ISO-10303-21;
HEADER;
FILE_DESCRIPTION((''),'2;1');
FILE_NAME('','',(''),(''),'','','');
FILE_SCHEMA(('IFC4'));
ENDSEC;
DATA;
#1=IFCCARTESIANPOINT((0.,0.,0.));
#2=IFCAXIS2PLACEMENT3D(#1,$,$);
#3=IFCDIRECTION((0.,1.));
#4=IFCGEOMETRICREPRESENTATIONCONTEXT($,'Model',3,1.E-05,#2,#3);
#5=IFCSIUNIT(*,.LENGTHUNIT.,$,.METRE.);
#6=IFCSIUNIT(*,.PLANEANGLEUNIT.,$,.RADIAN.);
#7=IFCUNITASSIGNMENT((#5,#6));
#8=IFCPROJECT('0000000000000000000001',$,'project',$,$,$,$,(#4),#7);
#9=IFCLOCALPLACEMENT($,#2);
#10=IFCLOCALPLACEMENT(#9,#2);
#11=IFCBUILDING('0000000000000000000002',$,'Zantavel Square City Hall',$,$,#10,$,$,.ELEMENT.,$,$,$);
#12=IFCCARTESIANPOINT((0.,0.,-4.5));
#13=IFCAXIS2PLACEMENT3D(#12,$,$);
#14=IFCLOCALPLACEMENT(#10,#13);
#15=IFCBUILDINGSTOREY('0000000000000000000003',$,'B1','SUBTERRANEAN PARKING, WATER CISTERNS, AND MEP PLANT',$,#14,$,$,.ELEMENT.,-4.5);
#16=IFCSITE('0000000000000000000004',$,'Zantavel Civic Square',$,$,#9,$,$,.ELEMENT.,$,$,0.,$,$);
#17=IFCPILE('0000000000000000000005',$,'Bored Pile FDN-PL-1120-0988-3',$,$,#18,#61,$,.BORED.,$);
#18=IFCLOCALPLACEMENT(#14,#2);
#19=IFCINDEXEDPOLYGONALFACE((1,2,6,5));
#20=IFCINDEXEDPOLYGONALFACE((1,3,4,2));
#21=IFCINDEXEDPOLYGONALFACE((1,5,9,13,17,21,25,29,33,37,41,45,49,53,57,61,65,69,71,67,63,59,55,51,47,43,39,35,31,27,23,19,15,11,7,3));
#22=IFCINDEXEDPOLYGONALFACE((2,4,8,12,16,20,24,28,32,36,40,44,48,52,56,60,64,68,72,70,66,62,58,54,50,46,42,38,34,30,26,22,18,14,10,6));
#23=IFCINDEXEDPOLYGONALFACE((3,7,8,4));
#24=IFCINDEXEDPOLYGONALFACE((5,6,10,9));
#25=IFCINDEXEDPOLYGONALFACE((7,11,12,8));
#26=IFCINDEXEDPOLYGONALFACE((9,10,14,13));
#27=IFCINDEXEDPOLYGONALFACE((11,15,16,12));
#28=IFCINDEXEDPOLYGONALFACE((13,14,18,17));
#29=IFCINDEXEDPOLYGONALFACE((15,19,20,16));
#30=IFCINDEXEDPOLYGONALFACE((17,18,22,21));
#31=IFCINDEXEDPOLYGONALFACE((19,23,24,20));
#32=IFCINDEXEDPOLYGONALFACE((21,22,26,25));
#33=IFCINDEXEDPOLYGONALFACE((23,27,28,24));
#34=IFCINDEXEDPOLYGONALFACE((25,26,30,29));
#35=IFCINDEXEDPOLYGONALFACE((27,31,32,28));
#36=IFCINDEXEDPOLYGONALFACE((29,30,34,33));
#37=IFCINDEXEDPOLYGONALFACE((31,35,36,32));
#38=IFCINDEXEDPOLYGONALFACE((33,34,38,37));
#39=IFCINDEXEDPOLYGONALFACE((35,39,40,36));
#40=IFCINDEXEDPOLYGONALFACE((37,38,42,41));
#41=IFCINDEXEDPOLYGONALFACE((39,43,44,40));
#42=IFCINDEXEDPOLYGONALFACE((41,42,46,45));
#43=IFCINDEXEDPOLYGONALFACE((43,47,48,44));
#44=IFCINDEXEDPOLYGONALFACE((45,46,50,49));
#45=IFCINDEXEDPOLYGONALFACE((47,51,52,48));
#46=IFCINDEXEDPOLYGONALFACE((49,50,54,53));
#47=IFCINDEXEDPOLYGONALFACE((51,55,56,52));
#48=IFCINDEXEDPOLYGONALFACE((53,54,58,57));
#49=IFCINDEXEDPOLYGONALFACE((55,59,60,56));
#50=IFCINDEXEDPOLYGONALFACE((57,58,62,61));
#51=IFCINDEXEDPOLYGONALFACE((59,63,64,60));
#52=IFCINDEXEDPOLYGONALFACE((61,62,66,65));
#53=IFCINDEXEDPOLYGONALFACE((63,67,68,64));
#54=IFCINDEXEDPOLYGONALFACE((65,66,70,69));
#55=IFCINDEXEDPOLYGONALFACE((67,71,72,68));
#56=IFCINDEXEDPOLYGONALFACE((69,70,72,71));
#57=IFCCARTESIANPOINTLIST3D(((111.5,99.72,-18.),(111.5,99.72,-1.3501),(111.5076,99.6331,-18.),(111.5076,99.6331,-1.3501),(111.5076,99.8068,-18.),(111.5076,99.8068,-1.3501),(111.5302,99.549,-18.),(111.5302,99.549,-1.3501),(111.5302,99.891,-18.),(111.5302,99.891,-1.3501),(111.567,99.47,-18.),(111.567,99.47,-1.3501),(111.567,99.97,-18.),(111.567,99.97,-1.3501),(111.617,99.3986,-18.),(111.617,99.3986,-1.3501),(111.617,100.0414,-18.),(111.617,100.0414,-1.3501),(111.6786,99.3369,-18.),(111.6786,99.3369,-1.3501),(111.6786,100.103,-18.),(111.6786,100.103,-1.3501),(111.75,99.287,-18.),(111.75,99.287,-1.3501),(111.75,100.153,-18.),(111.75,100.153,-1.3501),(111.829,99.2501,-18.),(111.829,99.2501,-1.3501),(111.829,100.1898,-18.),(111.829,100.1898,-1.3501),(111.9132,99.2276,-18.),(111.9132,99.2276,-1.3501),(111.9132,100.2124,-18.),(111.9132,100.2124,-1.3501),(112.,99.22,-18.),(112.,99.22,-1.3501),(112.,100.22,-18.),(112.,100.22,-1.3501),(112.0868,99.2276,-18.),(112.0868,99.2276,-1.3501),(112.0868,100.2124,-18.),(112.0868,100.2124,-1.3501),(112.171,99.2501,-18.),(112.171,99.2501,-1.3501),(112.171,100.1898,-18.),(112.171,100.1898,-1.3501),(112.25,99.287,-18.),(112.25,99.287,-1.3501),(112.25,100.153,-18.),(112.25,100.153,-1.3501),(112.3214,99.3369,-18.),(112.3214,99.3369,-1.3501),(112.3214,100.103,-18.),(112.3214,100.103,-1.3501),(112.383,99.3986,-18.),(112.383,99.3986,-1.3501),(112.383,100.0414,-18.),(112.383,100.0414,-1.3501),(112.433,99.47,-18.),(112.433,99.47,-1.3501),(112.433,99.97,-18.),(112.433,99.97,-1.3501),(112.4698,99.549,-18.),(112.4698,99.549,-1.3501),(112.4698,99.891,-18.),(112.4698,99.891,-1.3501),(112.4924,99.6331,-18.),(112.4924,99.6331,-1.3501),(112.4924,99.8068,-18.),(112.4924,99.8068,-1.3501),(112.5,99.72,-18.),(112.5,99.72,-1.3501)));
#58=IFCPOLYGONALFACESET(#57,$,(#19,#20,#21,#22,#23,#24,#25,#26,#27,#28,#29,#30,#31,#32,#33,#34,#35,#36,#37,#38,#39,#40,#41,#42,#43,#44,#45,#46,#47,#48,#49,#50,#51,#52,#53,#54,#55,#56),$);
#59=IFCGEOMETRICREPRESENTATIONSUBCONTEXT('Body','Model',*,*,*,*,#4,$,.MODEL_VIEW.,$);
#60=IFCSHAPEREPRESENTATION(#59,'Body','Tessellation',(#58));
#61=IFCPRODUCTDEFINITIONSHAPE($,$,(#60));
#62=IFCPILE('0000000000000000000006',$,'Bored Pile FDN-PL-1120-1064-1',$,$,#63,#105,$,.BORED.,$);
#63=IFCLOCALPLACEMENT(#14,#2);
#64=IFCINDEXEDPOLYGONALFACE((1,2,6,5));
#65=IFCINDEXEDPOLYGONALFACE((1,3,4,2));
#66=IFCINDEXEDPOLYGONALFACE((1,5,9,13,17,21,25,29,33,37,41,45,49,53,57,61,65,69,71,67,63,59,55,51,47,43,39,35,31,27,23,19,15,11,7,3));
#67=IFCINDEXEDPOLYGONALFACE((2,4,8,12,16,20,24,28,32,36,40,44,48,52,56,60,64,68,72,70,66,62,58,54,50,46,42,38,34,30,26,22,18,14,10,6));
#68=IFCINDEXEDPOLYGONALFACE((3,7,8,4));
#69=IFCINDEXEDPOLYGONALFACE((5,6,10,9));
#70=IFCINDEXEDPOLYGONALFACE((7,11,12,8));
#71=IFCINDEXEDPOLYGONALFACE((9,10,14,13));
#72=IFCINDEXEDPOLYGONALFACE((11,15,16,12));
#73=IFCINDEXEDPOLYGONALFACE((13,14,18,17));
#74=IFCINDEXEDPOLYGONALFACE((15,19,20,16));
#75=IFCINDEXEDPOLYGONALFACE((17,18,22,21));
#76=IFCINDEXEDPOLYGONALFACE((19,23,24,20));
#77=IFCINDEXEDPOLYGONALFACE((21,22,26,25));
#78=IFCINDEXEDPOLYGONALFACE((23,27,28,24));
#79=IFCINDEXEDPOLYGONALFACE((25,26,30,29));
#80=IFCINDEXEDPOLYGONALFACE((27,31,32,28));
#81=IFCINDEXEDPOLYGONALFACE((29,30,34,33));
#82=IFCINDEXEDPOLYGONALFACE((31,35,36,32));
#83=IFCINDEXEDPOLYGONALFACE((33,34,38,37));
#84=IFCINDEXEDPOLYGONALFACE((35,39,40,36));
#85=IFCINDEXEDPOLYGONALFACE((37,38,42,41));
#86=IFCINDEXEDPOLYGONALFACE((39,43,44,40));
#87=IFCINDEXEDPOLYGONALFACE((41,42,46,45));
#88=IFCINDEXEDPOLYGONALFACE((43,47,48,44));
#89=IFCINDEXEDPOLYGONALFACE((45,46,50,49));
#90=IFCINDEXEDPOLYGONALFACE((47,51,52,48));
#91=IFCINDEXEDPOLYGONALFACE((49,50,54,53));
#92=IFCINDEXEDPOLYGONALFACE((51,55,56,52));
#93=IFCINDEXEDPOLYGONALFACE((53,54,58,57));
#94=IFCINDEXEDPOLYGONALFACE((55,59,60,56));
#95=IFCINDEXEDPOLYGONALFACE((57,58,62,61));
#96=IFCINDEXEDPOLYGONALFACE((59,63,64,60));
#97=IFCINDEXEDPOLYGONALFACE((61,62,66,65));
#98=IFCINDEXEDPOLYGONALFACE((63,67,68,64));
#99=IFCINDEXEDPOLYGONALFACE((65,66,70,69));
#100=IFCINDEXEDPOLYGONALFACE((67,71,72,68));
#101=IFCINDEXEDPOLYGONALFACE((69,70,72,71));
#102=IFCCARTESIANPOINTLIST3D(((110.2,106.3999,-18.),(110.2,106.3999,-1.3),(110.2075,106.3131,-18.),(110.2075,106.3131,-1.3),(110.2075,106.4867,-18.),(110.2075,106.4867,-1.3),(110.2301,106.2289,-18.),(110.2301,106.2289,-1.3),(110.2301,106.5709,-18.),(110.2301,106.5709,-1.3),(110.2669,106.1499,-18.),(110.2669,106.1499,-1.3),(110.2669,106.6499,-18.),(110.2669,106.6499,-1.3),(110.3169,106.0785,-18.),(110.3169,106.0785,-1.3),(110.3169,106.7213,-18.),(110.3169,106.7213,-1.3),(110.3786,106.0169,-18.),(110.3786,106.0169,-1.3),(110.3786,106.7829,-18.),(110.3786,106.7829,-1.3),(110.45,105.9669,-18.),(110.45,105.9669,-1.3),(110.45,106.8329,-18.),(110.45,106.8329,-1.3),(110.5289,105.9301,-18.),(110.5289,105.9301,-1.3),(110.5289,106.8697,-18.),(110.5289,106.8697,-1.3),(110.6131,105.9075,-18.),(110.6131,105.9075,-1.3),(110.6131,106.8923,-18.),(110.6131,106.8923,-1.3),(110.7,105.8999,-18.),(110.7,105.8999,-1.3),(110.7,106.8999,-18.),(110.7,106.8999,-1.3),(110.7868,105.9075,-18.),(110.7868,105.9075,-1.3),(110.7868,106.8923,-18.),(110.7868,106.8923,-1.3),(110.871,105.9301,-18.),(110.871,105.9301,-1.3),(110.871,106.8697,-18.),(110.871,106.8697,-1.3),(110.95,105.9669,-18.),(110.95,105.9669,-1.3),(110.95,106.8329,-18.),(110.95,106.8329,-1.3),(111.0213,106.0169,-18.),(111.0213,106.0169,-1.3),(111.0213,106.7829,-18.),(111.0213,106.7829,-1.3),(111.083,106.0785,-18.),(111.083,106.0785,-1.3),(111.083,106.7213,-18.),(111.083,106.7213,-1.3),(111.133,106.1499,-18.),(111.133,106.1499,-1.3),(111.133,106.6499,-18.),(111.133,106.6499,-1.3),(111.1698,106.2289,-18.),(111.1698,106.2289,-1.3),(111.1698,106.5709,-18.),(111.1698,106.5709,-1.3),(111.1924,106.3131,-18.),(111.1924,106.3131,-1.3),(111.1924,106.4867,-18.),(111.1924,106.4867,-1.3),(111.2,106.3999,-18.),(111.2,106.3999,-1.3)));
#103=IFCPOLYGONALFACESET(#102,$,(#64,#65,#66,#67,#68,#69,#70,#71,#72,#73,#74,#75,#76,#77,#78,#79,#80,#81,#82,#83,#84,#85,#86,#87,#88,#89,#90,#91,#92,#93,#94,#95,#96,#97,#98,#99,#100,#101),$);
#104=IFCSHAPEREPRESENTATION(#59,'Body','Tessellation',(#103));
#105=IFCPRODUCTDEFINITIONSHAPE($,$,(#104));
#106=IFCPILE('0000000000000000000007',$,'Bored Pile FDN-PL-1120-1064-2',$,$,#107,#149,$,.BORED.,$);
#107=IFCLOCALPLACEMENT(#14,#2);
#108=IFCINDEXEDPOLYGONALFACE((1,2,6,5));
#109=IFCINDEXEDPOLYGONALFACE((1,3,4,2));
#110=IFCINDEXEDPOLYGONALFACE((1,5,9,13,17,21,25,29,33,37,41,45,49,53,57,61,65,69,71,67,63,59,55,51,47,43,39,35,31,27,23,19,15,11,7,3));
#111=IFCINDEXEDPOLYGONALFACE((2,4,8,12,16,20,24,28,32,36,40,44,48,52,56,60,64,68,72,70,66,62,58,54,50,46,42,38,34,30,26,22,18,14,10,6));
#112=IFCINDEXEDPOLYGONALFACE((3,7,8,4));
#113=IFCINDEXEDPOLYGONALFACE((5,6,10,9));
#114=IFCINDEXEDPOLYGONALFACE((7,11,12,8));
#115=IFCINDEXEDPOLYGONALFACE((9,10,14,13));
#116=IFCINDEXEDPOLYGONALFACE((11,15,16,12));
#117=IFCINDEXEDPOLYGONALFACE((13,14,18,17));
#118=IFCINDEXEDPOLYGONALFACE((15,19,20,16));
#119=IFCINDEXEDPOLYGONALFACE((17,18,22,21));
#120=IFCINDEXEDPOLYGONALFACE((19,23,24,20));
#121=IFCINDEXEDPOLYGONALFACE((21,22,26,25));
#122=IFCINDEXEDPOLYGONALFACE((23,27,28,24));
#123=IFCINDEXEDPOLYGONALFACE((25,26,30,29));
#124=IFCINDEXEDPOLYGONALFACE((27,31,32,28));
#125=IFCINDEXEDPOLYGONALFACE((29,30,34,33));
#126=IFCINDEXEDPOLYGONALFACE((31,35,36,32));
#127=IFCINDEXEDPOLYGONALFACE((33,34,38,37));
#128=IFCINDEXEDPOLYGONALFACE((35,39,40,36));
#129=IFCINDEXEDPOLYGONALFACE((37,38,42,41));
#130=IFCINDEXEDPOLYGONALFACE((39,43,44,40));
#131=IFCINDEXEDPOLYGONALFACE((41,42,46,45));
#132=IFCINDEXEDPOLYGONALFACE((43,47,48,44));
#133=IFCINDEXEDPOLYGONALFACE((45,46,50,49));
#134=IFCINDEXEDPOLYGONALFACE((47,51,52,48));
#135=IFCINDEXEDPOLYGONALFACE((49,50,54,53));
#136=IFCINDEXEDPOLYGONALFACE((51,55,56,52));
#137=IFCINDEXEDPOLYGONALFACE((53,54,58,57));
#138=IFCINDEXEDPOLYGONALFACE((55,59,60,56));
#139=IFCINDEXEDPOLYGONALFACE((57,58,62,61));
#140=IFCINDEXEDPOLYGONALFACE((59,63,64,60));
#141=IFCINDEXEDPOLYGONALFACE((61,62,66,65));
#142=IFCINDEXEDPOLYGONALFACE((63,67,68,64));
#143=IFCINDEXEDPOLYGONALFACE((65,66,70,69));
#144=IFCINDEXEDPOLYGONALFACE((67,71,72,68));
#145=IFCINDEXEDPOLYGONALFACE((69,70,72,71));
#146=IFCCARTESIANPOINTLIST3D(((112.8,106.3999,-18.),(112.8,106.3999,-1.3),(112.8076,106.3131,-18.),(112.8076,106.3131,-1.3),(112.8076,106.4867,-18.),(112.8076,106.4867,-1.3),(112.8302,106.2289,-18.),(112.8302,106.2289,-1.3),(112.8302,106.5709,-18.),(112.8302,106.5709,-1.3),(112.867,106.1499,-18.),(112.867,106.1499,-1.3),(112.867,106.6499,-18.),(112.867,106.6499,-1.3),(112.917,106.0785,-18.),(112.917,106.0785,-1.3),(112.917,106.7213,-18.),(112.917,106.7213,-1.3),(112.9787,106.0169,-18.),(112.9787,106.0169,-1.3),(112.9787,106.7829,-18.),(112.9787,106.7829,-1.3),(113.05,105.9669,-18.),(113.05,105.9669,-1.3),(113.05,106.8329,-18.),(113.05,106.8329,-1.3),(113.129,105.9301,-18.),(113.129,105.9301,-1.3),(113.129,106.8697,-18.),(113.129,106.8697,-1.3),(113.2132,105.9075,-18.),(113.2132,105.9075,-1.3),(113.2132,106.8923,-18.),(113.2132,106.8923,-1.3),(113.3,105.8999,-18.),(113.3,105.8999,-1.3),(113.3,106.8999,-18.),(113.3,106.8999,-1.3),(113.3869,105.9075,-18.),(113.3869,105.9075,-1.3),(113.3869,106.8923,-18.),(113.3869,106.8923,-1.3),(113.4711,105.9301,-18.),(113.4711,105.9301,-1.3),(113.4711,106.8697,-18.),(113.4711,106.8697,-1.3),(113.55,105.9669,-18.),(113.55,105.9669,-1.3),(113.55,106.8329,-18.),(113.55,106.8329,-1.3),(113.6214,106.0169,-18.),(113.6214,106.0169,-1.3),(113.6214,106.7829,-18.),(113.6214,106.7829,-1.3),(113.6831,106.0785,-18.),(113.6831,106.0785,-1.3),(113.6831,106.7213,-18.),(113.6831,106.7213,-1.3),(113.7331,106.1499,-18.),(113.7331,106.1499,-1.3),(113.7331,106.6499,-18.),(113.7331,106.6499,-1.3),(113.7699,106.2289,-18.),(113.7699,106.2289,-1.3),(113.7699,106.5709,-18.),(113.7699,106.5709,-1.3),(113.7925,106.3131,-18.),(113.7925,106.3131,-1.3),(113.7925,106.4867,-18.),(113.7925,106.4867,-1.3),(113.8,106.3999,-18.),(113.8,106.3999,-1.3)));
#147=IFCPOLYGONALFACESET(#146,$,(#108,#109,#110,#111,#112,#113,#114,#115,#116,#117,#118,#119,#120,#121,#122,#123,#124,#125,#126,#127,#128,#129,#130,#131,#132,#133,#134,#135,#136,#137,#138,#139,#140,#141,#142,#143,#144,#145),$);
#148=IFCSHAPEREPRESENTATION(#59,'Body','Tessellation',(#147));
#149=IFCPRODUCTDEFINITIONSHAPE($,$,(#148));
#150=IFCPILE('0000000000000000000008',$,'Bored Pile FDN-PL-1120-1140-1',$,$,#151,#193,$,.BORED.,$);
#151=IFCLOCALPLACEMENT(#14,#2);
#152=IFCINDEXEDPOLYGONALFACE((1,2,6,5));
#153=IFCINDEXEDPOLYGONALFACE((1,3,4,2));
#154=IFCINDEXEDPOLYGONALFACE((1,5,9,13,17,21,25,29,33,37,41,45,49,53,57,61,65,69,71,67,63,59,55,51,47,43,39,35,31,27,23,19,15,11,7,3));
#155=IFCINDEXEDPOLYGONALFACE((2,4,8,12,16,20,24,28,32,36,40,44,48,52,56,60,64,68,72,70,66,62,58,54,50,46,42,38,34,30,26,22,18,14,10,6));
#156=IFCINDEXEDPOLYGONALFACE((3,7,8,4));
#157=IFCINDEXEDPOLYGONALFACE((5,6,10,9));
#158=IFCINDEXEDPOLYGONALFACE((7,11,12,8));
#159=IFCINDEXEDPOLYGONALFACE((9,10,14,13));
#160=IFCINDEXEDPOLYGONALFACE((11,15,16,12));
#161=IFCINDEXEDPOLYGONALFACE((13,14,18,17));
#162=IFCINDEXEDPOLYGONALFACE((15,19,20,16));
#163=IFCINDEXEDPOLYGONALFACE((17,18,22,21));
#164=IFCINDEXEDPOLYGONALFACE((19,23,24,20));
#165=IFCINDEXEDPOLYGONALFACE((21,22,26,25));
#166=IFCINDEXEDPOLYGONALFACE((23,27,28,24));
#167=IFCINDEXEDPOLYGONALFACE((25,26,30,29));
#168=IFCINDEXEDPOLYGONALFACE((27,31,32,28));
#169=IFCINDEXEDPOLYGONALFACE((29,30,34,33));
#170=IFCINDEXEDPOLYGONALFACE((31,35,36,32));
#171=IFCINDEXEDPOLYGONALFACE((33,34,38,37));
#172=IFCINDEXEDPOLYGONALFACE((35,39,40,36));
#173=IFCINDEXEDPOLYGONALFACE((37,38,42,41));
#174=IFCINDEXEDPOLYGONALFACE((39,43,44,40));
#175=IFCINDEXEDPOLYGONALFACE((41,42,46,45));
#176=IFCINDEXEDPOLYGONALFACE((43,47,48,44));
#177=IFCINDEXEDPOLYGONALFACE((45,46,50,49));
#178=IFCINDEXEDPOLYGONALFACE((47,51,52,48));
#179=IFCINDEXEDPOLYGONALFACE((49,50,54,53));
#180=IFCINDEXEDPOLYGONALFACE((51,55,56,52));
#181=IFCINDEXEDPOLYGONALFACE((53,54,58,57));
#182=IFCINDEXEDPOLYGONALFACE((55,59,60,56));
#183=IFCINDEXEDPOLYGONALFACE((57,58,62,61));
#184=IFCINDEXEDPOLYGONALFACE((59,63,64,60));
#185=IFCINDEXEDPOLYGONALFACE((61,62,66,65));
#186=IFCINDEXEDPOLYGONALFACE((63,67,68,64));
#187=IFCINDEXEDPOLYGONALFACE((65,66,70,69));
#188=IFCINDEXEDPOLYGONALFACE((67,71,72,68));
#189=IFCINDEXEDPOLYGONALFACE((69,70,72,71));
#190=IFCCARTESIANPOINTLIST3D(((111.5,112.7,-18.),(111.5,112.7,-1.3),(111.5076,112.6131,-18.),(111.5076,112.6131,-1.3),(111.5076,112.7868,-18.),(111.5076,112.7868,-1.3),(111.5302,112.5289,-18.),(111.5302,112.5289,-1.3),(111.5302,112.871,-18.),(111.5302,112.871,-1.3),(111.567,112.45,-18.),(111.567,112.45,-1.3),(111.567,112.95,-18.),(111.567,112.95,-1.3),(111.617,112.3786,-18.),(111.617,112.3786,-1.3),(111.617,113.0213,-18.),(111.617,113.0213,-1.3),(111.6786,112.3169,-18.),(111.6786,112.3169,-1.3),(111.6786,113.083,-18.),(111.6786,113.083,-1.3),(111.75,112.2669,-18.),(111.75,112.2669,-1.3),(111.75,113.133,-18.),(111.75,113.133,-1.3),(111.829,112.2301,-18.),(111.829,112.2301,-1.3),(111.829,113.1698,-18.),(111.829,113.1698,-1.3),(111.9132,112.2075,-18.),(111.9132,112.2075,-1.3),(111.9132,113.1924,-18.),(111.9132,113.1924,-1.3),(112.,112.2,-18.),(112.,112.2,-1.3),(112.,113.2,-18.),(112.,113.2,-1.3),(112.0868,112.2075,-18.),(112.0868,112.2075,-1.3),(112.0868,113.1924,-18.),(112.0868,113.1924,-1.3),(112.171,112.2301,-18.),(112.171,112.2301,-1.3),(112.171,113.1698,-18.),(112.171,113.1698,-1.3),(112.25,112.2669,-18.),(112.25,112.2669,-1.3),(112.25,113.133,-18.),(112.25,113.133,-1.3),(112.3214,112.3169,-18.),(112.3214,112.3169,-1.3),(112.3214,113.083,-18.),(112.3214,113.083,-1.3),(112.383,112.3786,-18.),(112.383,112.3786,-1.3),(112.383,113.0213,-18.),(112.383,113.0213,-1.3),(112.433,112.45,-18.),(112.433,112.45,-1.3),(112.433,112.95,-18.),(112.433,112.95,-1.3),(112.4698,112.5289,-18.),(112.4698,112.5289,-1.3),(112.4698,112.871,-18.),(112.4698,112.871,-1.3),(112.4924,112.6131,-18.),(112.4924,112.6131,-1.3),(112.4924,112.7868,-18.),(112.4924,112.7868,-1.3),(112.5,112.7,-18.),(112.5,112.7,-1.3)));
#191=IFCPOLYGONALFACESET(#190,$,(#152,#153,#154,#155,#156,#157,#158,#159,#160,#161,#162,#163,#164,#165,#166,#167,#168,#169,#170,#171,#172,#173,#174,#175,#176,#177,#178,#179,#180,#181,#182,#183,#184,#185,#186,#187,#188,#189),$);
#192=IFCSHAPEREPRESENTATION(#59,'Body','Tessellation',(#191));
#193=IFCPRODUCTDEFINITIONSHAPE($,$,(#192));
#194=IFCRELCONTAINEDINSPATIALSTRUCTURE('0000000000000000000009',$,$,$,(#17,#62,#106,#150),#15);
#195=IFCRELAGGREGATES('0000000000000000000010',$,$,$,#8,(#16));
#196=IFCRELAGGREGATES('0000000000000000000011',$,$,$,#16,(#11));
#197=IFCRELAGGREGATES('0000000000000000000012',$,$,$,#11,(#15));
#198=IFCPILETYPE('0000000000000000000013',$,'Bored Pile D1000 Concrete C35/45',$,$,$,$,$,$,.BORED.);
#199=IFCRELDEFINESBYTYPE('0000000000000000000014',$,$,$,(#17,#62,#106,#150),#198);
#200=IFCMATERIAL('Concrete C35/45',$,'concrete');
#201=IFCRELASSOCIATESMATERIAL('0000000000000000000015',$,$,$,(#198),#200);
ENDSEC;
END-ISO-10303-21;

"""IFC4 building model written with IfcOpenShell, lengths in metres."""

from ifc_helpers import new_model, si_unit, direction, frame, origin, origin_2d, place, context, subcontext, project, spatial, circle, extrude, material, material_profile, profile_set, type_object, element, save


model = new_model("IFC4")

# Units and contexts
model_context = context("Model", 3, precision=1e-05, world=origin(), true_north=direction((0.0, 1.0)))
body_context = subcontext(model_context, "Body", "Model", "MODEL_VIEW")
ifc_project = project(units=[si_unit("LENGTHUNIT", "METRE"), si_unit("PLANEANGLEUNIT", "RADIAN")], contexts=[model_context])

# Site, building, storey
site_placement = place(None, origin())
site = spatial("IfcSite", under=ifc_project, at=site_placement, Name="Zantavel Civic Square", CompositionType="ELEMENT", RefElevation=0.0)
building_placement = place(site_placement, origin())
building = spatial("IfcBuilding", under=site, at=building_placement, Name="Zantavel Square City Hall", CompositionType="ELEMENT")
storey_placement = place(building_placement, frame((0.0, 0.0, -4.5)))
storey = spatial("IfcBuildingStorey", under=building, at=storey_placement, Name="B1", Description="SUBTERRANEAN PARKING, WATER CISTERNS, AND MEP PLANT", CompositionType="ELEMENT", Elevation=-4.5)

# Piles
ifc_material_1 = material(Name="Concrete C35/45", Category="concrete")
ifc_material_profile_1 = material_profile(ifc_material_1, circle(Radius=0.5, at=origin_2d()), Name="PILE D1000")
ifc_profile_set_1 = profile_set([ifc_material_profile_1], Name="Concrete C35/45")
pile_type_1 = type_object("IfcPileType", Name="Bored Pile D1000 Concrete C35/45", PredefinedType="BORED", material=ifc_profile_set_1)
pile_1_placement = place(storey_placement, frame((112.0, 99.72, -1.3501), z_axis=(0.0, 0.0, -1.0), x_axis=(1.0, 0.0, 0.0)))
element("IfcPile", 1, at=pile_1_placement, inside=storey, type_object=pile_type_1, Name="Bored Pile FDN-PL-1120-0988-3", PredefinedType="BORED", context=body_context, shape_type="SweptSolid", body=[
    extrude(circle(Radius=0.5, at=origin_2d()), origin(), (0.0, 0.0, 1.0), 16.6499),
])
for number, where, z_axis, x_axis, name in (
    (2, (110.7, 106.3999, -1.3), (0.0, 0.0, -1.0), (1.0, 0.0, 0.0), "Bored Pile FDN-PL-1120-1064-1"),
    (3, (113.3, 106.3999, -1.3), (0.0, 0.0, -1.0), (1.0, 0.0, 0.0), "Bored Pile FDN-PL-1120-1064-2"),
    (4, (112.0, 112.7, -1.3), (0.0, 0.0, -1.0), (1.0, 0.0, 0.0), "Bored Pile FDN-PL-1120-1140-1"),
):
    element("IfcPile", number, at=place(storey_placement, frame(where, z_axis=z_axis, x_axis=x_axis)), inside=storey, type_object=pile_type_1, Name=name, PredefinedType="BORED", context=body_context, shape_type="SweptSolid", body=[
        extrude(circle(Radius=0.5, at=origin_2d()), origin(), (0.0, 0.0, 1.0), 16.7),
    ])

save(model, "model.ifc")
